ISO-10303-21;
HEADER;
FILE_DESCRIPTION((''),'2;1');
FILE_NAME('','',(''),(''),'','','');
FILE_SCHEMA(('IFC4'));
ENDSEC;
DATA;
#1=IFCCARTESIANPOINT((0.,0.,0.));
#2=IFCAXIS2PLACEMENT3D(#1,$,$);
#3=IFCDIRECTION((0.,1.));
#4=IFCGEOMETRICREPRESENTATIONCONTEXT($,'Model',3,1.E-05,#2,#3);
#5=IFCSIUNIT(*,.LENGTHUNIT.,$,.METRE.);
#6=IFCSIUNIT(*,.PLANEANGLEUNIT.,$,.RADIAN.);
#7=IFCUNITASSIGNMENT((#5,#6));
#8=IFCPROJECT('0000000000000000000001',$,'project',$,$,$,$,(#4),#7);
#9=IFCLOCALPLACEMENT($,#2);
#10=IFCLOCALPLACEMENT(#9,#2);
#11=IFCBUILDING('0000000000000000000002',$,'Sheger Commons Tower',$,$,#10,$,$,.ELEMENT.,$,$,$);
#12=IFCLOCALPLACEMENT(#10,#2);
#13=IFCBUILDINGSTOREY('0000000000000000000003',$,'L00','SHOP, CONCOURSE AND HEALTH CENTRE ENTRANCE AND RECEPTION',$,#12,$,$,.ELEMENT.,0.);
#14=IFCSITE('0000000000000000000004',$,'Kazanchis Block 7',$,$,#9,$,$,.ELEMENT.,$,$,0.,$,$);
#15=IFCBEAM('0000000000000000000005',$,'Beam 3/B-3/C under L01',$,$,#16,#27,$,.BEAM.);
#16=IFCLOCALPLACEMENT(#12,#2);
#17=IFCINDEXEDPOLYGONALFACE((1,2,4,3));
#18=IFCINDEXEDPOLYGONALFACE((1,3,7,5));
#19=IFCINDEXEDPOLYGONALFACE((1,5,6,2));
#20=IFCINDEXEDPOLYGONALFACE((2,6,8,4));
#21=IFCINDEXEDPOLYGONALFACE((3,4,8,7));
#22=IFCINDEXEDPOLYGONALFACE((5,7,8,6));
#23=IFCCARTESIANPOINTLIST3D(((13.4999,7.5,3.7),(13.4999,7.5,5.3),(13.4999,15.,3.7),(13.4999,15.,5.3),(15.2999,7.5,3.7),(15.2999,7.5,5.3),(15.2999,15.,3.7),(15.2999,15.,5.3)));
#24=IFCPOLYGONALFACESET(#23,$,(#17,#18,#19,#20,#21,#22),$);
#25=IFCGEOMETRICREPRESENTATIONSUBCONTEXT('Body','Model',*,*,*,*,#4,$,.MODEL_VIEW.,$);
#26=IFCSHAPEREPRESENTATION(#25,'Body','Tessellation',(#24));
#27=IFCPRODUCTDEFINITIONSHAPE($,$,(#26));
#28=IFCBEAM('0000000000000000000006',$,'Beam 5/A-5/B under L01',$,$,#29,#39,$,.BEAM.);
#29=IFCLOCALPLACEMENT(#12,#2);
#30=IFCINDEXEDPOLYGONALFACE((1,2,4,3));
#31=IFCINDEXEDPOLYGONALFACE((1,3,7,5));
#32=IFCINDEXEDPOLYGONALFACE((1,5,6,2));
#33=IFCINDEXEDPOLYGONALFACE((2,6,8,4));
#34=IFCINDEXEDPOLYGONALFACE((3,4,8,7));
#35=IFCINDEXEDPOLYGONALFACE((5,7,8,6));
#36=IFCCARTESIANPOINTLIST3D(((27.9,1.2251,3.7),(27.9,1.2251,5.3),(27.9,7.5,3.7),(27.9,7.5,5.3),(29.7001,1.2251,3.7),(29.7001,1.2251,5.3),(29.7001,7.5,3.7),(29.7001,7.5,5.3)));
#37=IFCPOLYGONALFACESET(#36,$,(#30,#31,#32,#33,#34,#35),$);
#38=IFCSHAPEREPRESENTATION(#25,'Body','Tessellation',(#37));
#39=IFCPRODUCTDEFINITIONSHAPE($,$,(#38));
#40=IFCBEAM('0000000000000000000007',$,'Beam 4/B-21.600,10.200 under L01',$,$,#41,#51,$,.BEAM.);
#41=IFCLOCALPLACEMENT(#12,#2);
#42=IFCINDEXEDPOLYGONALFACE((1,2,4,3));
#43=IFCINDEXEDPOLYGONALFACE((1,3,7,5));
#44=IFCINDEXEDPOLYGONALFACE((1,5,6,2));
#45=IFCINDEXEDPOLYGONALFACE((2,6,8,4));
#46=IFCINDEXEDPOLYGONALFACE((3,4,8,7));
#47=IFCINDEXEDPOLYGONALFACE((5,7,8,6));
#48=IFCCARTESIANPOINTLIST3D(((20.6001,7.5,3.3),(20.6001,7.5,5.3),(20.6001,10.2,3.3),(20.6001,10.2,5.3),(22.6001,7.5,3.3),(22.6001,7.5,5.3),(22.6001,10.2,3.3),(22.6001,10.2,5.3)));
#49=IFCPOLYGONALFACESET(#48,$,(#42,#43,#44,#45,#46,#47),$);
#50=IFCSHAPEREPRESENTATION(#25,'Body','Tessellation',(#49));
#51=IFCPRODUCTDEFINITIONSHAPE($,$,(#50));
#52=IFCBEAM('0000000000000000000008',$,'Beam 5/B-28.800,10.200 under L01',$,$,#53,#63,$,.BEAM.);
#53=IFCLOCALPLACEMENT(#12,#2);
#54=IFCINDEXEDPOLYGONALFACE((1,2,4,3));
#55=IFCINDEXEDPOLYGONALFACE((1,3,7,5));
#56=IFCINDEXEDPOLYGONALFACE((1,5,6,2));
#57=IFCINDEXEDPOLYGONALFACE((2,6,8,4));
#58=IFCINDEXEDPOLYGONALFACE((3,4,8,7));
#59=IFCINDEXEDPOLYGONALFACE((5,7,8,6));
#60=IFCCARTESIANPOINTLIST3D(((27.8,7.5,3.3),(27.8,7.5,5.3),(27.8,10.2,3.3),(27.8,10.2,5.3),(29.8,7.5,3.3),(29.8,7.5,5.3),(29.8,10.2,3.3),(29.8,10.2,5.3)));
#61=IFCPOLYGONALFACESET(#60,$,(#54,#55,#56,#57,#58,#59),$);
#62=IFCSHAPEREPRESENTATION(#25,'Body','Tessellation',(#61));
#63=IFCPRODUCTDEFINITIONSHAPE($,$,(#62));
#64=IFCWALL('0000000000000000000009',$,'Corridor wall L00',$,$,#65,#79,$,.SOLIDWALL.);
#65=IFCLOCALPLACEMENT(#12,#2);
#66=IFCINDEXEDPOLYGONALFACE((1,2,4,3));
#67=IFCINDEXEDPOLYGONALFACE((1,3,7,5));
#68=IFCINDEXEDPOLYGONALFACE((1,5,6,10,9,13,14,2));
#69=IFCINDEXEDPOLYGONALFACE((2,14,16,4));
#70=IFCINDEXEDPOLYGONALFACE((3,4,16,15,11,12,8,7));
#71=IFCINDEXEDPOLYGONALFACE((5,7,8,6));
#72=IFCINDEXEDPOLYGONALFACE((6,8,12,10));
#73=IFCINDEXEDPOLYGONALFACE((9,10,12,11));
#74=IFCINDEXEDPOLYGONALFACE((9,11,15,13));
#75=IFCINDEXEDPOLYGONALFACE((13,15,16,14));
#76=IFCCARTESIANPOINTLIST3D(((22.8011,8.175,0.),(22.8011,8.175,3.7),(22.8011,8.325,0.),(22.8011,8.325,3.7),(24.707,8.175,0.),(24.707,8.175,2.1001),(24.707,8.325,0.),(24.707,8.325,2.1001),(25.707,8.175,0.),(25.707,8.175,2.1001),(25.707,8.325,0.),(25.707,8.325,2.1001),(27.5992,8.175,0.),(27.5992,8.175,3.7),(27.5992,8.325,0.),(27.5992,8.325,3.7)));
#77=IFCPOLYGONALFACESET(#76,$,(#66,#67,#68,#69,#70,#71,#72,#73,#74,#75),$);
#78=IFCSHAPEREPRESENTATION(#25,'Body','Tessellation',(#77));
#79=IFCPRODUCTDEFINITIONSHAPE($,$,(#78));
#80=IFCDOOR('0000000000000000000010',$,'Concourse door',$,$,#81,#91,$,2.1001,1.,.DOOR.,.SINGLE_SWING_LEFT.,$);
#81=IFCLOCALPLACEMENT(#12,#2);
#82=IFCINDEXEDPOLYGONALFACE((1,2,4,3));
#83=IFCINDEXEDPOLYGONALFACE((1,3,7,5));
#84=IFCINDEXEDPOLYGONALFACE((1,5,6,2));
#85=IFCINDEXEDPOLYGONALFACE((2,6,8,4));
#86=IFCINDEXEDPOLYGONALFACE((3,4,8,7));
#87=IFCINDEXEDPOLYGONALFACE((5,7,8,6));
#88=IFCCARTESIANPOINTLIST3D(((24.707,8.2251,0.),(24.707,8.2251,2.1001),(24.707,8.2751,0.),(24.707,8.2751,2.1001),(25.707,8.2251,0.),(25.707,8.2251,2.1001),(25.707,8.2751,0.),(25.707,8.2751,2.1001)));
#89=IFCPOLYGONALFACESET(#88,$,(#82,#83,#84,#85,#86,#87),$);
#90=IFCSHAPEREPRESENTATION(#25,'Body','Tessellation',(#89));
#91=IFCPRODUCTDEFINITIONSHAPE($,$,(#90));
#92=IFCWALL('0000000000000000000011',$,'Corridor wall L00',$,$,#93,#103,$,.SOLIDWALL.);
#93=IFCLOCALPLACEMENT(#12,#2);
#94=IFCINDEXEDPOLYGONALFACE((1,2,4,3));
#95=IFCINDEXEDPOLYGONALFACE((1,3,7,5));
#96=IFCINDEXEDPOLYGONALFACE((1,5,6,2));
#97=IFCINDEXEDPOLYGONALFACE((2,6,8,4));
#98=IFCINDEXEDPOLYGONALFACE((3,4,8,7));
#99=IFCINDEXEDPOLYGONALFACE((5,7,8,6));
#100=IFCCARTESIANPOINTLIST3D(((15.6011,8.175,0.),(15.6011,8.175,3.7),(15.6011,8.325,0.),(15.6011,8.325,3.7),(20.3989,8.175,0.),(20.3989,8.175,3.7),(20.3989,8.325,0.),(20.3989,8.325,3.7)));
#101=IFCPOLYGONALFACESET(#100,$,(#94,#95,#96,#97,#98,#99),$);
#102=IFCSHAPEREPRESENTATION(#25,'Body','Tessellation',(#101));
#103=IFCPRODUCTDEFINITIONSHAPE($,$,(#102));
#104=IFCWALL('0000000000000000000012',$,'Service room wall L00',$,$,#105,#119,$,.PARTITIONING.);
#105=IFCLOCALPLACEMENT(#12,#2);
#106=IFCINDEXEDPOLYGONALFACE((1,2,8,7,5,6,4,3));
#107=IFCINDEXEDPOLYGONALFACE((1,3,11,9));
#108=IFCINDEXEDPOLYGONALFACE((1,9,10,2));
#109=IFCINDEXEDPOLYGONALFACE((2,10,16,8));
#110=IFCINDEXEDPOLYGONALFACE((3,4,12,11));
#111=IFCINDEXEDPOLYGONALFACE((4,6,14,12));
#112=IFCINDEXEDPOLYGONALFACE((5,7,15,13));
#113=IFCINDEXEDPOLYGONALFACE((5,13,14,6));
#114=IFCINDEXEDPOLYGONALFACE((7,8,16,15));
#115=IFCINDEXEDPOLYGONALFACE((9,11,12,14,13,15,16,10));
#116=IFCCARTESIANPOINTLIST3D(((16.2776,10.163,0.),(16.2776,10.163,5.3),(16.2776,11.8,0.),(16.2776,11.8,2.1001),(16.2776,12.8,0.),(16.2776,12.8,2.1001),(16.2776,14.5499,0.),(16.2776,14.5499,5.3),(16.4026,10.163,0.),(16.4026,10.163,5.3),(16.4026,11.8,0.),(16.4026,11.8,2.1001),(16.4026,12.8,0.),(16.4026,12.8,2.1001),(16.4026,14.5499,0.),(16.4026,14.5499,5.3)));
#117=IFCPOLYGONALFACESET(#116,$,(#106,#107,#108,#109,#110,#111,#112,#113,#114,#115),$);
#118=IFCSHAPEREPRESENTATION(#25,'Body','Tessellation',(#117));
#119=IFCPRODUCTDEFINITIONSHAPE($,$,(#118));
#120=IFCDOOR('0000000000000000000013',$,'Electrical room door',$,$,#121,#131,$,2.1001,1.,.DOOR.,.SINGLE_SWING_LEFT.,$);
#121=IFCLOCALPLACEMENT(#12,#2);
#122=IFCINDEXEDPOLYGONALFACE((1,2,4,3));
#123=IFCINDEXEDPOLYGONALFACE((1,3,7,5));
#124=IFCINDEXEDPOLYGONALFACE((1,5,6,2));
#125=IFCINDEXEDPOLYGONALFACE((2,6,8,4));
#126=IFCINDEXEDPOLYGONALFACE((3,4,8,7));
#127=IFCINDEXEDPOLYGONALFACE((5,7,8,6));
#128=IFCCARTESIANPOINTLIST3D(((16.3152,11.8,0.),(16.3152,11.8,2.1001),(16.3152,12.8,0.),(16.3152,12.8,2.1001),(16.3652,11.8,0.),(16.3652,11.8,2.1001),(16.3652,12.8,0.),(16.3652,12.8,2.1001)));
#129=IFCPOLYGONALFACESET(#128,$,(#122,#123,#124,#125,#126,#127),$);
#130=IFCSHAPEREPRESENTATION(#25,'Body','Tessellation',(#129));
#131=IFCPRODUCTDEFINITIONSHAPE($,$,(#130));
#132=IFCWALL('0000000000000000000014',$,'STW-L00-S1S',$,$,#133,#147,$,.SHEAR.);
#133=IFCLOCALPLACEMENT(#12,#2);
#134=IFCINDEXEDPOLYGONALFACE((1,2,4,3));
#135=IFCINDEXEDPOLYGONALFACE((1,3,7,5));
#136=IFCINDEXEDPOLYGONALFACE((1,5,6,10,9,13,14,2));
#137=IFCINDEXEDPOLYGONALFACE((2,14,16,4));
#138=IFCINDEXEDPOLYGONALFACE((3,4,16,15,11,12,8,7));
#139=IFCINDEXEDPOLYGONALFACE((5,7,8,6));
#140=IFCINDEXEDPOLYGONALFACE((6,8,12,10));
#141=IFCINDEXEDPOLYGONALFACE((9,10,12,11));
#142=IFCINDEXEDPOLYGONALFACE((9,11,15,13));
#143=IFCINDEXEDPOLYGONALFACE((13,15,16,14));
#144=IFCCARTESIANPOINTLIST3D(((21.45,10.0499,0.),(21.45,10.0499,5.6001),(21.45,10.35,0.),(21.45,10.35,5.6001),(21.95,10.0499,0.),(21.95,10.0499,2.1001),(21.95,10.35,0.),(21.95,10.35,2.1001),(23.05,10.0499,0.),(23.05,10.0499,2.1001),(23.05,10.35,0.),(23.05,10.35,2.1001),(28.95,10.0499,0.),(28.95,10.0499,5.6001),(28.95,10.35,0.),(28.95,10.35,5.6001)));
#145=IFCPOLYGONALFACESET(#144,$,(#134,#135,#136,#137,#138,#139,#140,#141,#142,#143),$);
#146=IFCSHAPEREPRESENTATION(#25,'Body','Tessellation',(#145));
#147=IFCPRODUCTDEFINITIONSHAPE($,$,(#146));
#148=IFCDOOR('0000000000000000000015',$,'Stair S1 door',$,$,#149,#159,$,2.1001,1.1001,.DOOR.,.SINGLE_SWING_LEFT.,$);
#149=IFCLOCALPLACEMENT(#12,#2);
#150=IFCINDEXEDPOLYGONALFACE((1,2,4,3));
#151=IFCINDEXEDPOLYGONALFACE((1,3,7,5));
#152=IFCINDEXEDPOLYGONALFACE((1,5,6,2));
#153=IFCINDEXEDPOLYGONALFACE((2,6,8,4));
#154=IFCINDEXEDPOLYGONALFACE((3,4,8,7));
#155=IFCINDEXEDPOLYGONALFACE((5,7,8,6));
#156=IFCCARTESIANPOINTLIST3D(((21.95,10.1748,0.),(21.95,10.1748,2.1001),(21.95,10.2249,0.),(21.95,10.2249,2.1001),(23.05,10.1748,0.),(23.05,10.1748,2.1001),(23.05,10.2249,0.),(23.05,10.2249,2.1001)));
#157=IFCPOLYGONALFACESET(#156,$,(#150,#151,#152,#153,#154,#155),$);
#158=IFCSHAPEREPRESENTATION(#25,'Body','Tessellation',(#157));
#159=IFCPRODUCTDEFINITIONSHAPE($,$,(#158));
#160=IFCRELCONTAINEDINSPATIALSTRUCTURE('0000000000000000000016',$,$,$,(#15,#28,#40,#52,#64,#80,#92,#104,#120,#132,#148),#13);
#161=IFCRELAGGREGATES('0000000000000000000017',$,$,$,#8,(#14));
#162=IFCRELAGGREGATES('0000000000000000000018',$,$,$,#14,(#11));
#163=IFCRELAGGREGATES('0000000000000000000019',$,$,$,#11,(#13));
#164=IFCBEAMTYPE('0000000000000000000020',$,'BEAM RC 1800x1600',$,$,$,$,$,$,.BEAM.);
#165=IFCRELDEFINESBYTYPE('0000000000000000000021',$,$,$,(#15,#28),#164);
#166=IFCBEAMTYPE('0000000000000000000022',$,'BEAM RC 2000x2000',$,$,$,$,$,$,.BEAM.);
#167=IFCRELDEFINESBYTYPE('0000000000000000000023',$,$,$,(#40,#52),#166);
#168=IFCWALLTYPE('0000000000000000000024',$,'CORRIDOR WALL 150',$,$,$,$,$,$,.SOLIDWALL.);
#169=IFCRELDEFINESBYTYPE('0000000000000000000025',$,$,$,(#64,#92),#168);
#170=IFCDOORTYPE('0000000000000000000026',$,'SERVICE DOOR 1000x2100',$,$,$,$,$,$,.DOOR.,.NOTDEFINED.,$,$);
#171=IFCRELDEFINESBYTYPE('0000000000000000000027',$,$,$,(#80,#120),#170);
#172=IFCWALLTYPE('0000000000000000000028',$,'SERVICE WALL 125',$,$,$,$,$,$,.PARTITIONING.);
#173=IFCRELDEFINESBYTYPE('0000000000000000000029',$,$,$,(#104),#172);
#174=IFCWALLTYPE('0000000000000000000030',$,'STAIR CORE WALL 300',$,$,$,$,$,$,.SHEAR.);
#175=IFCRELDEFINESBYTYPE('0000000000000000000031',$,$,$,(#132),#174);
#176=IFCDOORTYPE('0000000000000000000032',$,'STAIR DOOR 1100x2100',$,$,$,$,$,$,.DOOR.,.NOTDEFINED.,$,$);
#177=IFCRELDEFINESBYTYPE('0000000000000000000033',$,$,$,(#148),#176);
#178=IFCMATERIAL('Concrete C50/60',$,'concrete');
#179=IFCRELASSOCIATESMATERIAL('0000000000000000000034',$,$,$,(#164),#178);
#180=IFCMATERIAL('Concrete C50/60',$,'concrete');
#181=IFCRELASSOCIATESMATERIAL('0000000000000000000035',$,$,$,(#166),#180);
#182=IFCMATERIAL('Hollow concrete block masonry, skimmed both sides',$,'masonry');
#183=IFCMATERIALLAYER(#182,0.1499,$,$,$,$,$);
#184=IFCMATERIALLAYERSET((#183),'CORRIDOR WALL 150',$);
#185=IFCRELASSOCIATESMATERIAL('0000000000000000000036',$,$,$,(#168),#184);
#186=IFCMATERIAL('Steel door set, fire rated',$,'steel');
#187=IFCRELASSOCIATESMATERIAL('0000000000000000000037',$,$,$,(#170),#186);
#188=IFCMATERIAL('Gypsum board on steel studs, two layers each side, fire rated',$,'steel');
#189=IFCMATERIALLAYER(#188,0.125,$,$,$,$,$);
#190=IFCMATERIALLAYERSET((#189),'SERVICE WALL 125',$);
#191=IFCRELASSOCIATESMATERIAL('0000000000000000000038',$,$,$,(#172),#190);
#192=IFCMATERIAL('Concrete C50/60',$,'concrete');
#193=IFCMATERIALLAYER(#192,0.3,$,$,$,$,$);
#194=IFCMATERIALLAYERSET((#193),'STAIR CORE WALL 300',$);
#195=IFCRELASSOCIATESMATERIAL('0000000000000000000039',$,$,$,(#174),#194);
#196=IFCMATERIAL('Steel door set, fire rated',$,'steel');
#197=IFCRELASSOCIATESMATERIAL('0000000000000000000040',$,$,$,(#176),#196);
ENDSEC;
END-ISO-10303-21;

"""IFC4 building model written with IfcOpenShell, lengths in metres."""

from ifc_helpers import new_model, si_unit, direction, frame, frame_2d, origin, origin_2d, place, context, subcontext, project, spatial, rectangle, extrude, material, layer, layer_set, material_profile, profile_set, type_object, element, fill, save


model = new_model("IFC4")

# Units and contexts
model_context = context("Model", 3, precision=1e-05, world=origin(), true_north=direction((0.0, 1.0)))
body_context = subcontext(model_context, "Body", "Model", "MODEL_VIEW")
ifc_project = project(units=[si_unit("LENGTHUNIT", "METRE"), si_unit("PLANEANGLEUNIT", "RADIAN")], contexts=[model_context])

# Site, building, storey
site_placement = place(None, origin())
site = spatial("IfcSite", under=ifc_project, at=site_placement, Name="Kazanchis Block 7", CompositionType="ELEMENT", RefElevation=0.0)
building_placement = place(site_placement, origin())
building = spatial("IfcBuilding", under=site, at=building_placement, Name="Sheger Commons Tower", CompositionType="ELEMENT")
storey_placement = place(building_placement, origin())
storey = spatial("IfcBuildingStorey", under=building, at=storey_placement, Name="L00", Description="SHOP, CONCOURSE AND HEALTH CENTRE ENTRANCE AND RECEPTION", CompositionType="ELEMENT", Elevation=0.0)

# Beams
ifc_material_1 = material(Name="Concrete C50/60", Category="concrete")
ifc_material_profile_1 = material_profile(ifc_material_1, rectangle(XDim=1.8, YDim=1.6001, at=origin_2d()), Name="RC 1800x1600")
ifc_profile_set_1 = profile_set([ifc_material_profile_1], Name="Concrete C50/60")
beam_type_1 = type_object("IfcBeamType", Name="BEAM RC 1800x1600", PredefinedType="BEAM", material=ifc_profile_set_1)
beam_1_placement = place(storey_placement, frame((14.3999, 7.5, 4.5), z_axis=(0.0, 1.0, 0.0), x_axis=(-1.0, 0.0, 0.0)))
element("IfcBeam", 1, at=beam_1_placement, inside=storey, type_object=beam_type_1, Name="Beam 3/B-3/C under L01", PredefinedType="BEAM", context=body_context, shape_type="SweptSolid", body=[
    extrude(rectangle(XDim=1.8, YDim=1.6001, at=origin_2d()), origin(), (0.0, 0.0, 1.0), 7.5),
])
beam_2_placement = place(storey_placement, frame((28.8, 1.2251, 4.5), z_axis=(0.0, 1.0, 0.0), x_axis=(-1.0, 0.0, 0.0)))
element("IfcBeam", 2, at=beam_2_placement, inside=storey, type_object=beam_type_1, Name="Beam 5/A-5/B under L01", PredefinedType="BEAM", context=body_context, shape_type="SweptSolid", body=[
    extrude(rectangle(XDim=1.8, YDim=1.6001, at=origin_2d()), origin(), (0.0, 0.0, 1.0), 6.2749),
])
ifc_material_2 = material(Name="Concrete C50/60", Category="concrete")
ifc_material_profile_2 = material_profile(ifc_material_2, rectangle(XDim=2.0, YDim=2.0, at=origin_2d()), Name="RC 2000x2000")
ifc_profile_set_2 = profile_set([ifc_material_profile_2], Name="Concrete C50/60")
beam_type_2 = type_object("IfcBeamType", Name="BEAM RC 2000x2000", PredefinedType="BEAM", material=ifc_profile_set_2)
for number, where, z_axis, x_axis, name in (
    (3, (21.6001, 7.5, 4.3), (0.0, 1.0, 0.0), (-1.0, 0.0, 0.0), "Beam 4/B-21.600,10.200 under L01"),
    (4, (28.8, 7.5, 4.3), (0.0, 1.0, 0.0), (-1.0, 0.0, 0.0), "Beam 5/B-28.800,10.200 under L01"),
):
    element("IfcBeam", number, at=place(storey_placement, frame(where, z_axis=z_axis, x_axis=x_axis)), inside=storey, type_object=beam_type_2, Name=name, PredefinedType="BEAM", context=body_context, shape_type="SweptSolid", body=[
        extrude(rectangle(XDim=2.0, YDim=2.0, at=origin_2d()), origin(), (0.0, 0.0, 1.0), 2.7),
    ])

# Wall, opening, door
ifc_material_3 = material(Name="Hollow concrete block masonry, skimmed both sides", Category="masonry")
ifc_layer_1 = layer(ifc_material_3, 0.1499)
ifc_layer_set_1 = layer_set([ifc_layer_1], Name="CORRIDOR WALL 150")
wall_type_1 = type_object("IfcWallType", Name="CORRIDOR WALL 150", PredefinedType="SOLIDWALL", material=ifc_layer_set_1)
wall_1_placement = place(storey_placement, frame((27.5991, 8.25, 0.0), z_axis=(0.0, 0.0, 1.0), x_axis=(-1.0, 0.0, 0.0)))
wall_1 = element("IfcWall", 5, at=wall_1_placement, inside=storey, type_object=wall_type_1, Name="Corridor wall L00", PredefinedType="SOLIDWALL", context=body_context, shape_type="SweptSolid", body=[
    extrude(rectangle(XDim=4.7981, YDim=0.1499, at=frame_2d((2.3989, 0.0))), origin(), (0.0, 0.0, 1.0), 3.7),
])
opening_1_placement = place(wall_1_placement, frame((1.8921, 0.0, 0.0)))
opening_1 = element("IfcOpeningElement", 6, at=opening_1_placement, cuts=wall_1, PredefinedType="OPENING", context=body_context, shape_type="SweptSolid", body=[
    extrude(rectangle(XDim=1.0, YDim=2.1001, at=frame_2d((0.5, 1.05))), frame((0.0, 0.085, 0.0), z_axis=(0.0, -1.0, 0.0), x_axis=(1.0, 0.0, 0.0)), (0.0, 0.0, 1.0), 0.1699),
])
ifc_material_4 = material(Name="Steel door set, fire rated", Category="steel")
door_type_1 = type_object("IfcDoorType", Name="SERVICE DOOR 1000x2100", OperationType="NOTDEFINED", PredefinedType="DOOR", material=ifc_material_4)
door_1_placement = place(opening_1_placement, origin())
door_1 = element("IfcDoor", 7, at=door_1_placement, inside=storey, type_object=door_type_1, Name="Concourse door", OperationType="SINGLE_SWING_LEFT", OverallHeight=2.1001, OverallWidth=1.0, PredefinedType="DOOR", context=body_context, shape_type="SweptSolid", body=[
    extrude(rectangle(XDim=1.0, YDim=2.1001, at=frame_2d((0.5, 1.05))), frame((0.0, 0.0249, 0.0), z_axis=(0.0, -1.0, 0.0), x_axis=(1.0, 0.0, 0.0)), (0.0, 0.0, 1.0), 0.05),
])
fill(opening_1, door_1)

# Wall
wall_2_placement = place(storey_placement, frame((20.3989, 8.25, 0.0), z_axis=(0.0, 0.0, 1.0), x_axis=(-1.0, 0.0, 0.0)))
element("IfcWall", 8, at=wall_2_placement, inside=storey, type_object=wall_type_1, Name="Corridor wall L00", PredefinedType="SOLIDWALL", context=body_context, shape_type="SweptSolid", body=[
    extrude(rectangle(XDim=4.7979, YDim=0.1499, at=frame_2d((2.3989, 0.0))), origin(), (0.0, 0.0, 1.0), 3.7),
])

# Walls, openings, doors
ifc_material_5 = material(Name="Gypsum board on steel studs, two layers each side, fire rated", Category="steel")
ifc_layer_2 = layer(ifc_material_5, 0.125)
ifc_layer_set_2 = layer_set([ifc_layer_2], Name="SERVICE WALL 125")
wall_type_2 = type_object("IfcWallType", Name="SERVICE WALL 125", PredefinedType="PARTITIONING", material=ifc_layer_set_2)
wall_3_placement = place(storey_placement, frame((16.3401, 10.1631, 0.0), z_axis=(0.0, 0.0, 1.0), x_axis=(0.0, 1.0, 0.0)))
wall_3 = element("IfcWall", 9, at=wall_3_placement, inside=storey, type_object=wall_type_2, Name="Service room wall L00", PredefinedType="PARTITIONING", context=body_context, shape_type="SweptSolid", body=[
    extrude(rectangle(XDim=4.387, YDim=0.125, at=frame_2d((2.1934, 0.0))), origin(), (0.0, 0.0, 1.0), 5.3),
])
opening_2_placement = place(wall_3_placement, frame((1.637, 0.0, 0.0)))
opening_2 = element("IfcOpeningElement", 10, at=opening_2_placement, cuts=wall_3, PredefinedType="OPENING", context=body_context, shape_type="SweptSolid", body=[
    extrude(rectangle(XDim=1.0, YDim=2.1001, at=frame_2d((0.5, 1.05))), frame((0.0, 0.0725, 0.0), z_axis=(0.0, -1.0, 0.0), x_axis=(1.0, 0.0, 0.0)), (0.0, 0.0, 1.0), 0.145),
])
door_2_placement = place(opening_2_placement, origin())
door_2 = element("IfcDoor", 11, at=door_2_placement, inside=storey, type_object=door_type_1, Name="Electrical room door", OperationType="SINGLE_SWING_LEFT", OverallHeight=2.1001, OverallWidth=1.0, PredefinedType="DOOR", context=body_context, shape_type="SweptSolid", body=[
    extrude(rectangle(XDim=1.0, YDim=2.1001, at=frame_2d((0.5, 1.05))), frame((0.0, 0.0249, 0.0), z_axis=(0.0, -1.0, 0.0), x_axis=(1.0, 0.0, 0.0)), (0.0, 0.0, 1.0), 0.05),
])
fill(opening_2, door_2)
ifc_material_6 = material(Name="Concrete C50/60", Category="concrete")
ifc_layer_3 = layer(ifc_material_6, 0.3)
ifc_layer_set_3 = layer_set([ifc_layer_3], Name="STAIR CORE WALL 300")
wall_type_3 = type_object("IfcWallType", Name="STAIR CORE WALL 300", PredefinedType="SHEAR", material=ifc_layer_set_3)
wall_4_placement = place(storey_placement, frame((21.45, 10.2, 0.0), z_axis=(0.0, 0.0, 1.0), x_axis=(1.0, 0.0, 0.0)))
wall_4 = element("IfcWall", 12, at=wall_4_placement, inside=storey, type_object=wall_type_3, Name="STW-L00-S1S", PredefinedType="SHEAR", context=body_context, shape_type="SweptSolid", body=[
    extrude(rectangle(XDim=7.5, YDim=0.3, at=frame_2d((3.75, 0.0))), origin(), (0.0, 0.0, 1.0), 5.6001),
])
opening_3_placement = place(wall_4_placement, frame((0.5, 0.0, 0.0)))
opening_3 = element("IfcOpeningElement", 13, at=opening_3_placement, cuts=wall_4, PredefinedType="OPENING", context=body_context, shape_type="SweptSolid", body=[
    extrude(rectangle(XDim=1.1001, YDim=2.1001, at=frame_2d((0.55, 1.05))), frame((0.0, 0.1599, 0.0), z_axis=(0.0, -1.0, 0.0), x_axis=(1.0, 0.0, 0.0)), (0.0, 0.0, 1.0), 0.3201),
])
ifc_material_7 = material(Name="Steel door set, fire rated", Category="steel")
door_type_2 = type_object("IfcDoorType", Name="STAIR DOOR 1100x2100", OperationType="NOTDEFINED", PredefinedType="DOOR", material=ifc_material_7)
door_3_placement = place(opening_3_placement, origin())
door_3 = element("IfcDoor", 14, at=door_3_placement, inside=storey, type_object=door_type_2, Name="Stair S1 door", OperationType="SINGLE_SWING_LEFT", OverallHeight=2.1001, OverallWidth=1.1001, PredefinedType="DOOR", context=body_context, shape_type="SweptSolid", body=[
    extrude(rectangle(XDim=1.1001, YDim=2.1001, at=frame_2d((0.55, 1.05))), frame((0.0, 0.0249, 0.0), z_axis=(0.0, -1.0, 0.0), x_axis=(1.0, 0.0, 0.0)), (0.0, 0.0, 1.0), 0.05),
])
fill(opening_3, door_3)

save(model, "model.ifc")
